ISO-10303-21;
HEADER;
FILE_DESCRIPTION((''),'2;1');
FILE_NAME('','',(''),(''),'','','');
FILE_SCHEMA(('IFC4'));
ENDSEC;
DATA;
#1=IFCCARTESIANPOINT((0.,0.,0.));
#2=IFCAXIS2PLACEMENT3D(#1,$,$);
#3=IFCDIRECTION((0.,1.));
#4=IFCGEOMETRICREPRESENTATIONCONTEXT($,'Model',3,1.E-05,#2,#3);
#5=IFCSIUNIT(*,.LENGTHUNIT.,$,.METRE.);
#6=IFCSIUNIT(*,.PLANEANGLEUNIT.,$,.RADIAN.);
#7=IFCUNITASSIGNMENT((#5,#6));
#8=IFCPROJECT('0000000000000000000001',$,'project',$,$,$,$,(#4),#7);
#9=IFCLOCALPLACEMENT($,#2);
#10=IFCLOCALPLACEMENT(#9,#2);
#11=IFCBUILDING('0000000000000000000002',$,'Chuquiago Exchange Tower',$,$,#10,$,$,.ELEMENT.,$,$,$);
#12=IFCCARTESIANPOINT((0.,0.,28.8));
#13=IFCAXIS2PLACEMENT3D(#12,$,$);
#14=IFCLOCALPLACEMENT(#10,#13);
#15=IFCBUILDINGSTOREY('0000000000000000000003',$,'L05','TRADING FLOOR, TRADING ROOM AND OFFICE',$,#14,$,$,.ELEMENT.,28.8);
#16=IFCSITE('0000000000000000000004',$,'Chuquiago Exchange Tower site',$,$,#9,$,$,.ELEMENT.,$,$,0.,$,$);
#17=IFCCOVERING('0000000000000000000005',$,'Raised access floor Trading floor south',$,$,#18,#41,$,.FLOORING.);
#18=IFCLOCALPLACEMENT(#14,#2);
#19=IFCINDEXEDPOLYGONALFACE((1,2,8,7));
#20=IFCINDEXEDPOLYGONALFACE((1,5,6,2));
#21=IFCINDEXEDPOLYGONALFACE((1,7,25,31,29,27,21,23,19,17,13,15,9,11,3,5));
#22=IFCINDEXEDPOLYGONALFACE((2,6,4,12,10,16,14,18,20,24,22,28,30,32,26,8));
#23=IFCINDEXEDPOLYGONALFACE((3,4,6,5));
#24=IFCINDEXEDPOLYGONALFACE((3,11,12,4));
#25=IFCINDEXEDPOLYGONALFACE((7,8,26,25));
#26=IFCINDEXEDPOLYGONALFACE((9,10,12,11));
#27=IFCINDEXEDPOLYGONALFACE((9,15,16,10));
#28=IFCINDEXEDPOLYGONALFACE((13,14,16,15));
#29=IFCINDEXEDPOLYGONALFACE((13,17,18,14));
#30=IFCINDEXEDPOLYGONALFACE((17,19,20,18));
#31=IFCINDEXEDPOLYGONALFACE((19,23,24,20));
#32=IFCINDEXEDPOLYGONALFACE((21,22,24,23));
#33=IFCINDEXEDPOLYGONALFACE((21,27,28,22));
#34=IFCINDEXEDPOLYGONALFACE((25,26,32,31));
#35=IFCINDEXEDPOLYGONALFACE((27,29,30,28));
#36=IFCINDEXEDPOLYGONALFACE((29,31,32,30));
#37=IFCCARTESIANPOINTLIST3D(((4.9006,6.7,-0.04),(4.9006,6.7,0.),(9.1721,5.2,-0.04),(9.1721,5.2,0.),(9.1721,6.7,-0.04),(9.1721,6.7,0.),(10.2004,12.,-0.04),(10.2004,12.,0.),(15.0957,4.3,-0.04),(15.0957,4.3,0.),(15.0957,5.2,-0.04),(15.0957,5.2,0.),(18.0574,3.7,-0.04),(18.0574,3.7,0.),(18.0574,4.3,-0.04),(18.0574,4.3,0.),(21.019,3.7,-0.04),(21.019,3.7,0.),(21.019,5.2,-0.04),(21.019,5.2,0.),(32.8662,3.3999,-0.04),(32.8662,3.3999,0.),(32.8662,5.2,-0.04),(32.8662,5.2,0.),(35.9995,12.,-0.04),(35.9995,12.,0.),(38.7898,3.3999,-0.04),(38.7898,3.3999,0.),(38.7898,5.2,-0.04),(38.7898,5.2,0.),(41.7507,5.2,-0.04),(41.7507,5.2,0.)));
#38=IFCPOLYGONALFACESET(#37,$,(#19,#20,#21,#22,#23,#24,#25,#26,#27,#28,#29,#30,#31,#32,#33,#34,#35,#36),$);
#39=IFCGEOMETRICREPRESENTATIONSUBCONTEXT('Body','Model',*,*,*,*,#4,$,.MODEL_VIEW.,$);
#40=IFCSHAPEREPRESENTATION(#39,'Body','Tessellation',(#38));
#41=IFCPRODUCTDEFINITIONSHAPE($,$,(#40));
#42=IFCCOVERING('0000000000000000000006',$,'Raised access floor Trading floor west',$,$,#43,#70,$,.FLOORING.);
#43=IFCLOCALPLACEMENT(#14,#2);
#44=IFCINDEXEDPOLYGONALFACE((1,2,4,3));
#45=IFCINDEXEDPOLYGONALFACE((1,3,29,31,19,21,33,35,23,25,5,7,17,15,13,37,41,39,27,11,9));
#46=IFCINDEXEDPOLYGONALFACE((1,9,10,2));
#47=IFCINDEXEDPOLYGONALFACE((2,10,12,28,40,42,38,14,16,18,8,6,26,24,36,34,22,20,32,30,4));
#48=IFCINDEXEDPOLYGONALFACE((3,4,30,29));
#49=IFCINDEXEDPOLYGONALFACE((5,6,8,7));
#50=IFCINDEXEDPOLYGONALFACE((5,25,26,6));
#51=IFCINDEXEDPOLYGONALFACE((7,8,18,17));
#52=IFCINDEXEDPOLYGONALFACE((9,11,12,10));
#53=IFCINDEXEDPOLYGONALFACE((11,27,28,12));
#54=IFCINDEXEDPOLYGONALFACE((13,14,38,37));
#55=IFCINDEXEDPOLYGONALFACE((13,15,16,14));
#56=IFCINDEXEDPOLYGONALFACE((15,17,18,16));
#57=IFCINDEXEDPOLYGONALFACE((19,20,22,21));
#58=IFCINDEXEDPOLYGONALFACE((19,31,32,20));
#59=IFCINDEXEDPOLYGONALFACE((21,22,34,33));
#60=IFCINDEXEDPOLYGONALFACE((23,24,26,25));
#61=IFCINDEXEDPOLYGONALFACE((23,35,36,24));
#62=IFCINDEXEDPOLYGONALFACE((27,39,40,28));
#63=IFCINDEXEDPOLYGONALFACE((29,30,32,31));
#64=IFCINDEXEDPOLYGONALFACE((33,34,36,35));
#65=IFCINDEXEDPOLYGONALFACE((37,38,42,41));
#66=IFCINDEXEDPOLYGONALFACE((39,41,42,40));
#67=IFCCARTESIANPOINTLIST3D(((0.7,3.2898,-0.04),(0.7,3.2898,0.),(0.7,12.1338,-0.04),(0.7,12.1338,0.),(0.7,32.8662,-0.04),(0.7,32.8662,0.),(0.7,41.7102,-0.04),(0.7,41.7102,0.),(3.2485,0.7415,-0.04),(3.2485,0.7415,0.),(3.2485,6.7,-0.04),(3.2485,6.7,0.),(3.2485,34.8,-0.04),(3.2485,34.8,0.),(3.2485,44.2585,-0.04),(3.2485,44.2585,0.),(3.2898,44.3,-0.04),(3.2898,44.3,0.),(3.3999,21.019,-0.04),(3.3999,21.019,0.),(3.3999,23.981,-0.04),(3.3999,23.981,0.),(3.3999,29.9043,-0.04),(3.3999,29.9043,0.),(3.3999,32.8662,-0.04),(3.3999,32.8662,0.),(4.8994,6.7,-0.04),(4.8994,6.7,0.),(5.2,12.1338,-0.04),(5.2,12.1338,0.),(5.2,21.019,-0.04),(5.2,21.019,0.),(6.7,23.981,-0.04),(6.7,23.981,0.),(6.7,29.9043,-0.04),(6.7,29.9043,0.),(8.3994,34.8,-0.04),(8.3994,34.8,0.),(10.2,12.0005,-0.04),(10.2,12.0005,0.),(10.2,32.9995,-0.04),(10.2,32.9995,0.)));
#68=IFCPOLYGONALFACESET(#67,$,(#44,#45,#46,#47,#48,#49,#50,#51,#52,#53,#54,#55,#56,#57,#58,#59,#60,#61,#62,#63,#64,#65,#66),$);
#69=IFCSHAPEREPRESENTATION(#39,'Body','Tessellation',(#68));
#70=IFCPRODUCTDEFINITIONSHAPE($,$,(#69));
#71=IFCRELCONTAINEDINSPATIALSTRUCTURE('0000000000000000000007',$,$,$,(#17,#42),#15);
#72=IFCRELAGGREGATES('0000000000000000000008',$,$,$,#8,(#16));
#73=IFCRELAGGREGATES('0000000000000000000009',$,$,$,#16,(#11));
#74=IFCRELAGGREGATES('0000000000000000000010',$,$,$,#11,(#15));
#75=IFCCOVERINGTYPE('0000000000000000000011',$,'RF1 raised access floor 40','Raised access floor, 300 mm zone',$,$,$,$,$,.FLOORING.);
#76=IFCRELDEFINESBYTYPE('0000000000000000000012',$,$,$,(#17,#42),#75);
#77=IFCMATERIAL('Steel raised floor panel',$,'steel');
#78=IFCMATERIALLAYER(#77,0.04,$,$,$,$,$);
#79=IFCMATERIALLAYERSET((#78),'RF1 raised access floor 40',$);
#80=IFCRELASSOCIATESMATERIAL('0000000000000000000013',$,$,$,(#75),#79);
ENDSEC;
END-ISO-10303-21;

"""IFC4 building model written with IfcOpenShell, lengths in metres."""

from ifc_helpers import new_model, si_unit, direction, frame, origin, place, context, subcontext, project, spatial, polyline, outline, extrude, material, layer, layer_set, type_object, element, save


model = new_model("IFC4")

# Units and contexts
model_context = context("Model", 3, precision=1e-05, world=origin(), true_north=direction((0.0, 1.0)))
body_context = subcontext(model_context, "Body", "Model", "MODEL_VIEW")
ifc_project = project(units=[si_unit("LENGTHUNIT", "METRE"), si_unit("PLANEANGLEUNIT", "RADIAN")], contexts=[model_context])

# Site, building, storey
site_placement = place(None, origin())
site = spatial("IfcSite", under=ifc_project, at=site_placement, Name="Chuquiago Exchange Tower site", CompositionType="ELEMENT", RefElevation=0.0)
building_placement = place(site_placement, origin())
building = spatial("IfcBuilding", under=site, at=building_placement, Name="Chuquiago Exchange Tower", CompositionType="ELEMENT")
storey_placement = place(building_placement, frame((0.0, 0.0, 28.8)))
storey = spatial("IfcBuildingStorey", under=building, at=storey_placement, Name="L05", Description="TRADING FLOOR, TRADING ROOM AND OFFICE", CompositionType="ELEMENT", Elevation=28.8)

# Coverings
ifc_material_1 = material(Name="Steel raised floor panel", Category="steel")
ifc_layer_1 = layer(ifc_material_1, 0.04)
ifc_layer_set_1 = layer_set([ifc_layer_1], Name="RF1 raised access floor 40")
covering_type_1 = type_object("IfcCoveringType", Name="RF1 raised access floor 40", Description="Raised access floor, 300 mm zone", PredefinedType="FLOORING", material=ifc_layer_set_1)
covering_1_placement = place(storey_placement, frame((0.0, 0.0, -0.04)))
element("IfcCovering", 1, at=covering_1_placement, inside=storey, type_object=covering_type_1, Name="Raised access floor Trading floor south", PredefinedType="FLOORING", context=body_context, shape_type="SweptSolid", body=[
    extrude(outline(polyline([(38.7898, 5.2), (38.7898, 3.3999), (32.8662, 3.3999), (32.8662, 5.2), (21.019, 5.2), (21.019, 3.7), (18.0574, 3.7), (18.0574, 4.3), (15.0957, 4.3), (15.0957, 5.2), (9.1721, 5.2), (9.1721, 6.7), (4.9006, 6.7), (10.2004, 12.0), (35.9995, 12.0), (41.7507, 5.2), (38.7898, 5.2)])), origin(), (0.0, 0.0, 1.0), 0.04),
])
covering_2_placement = place(storey_placement, frame((0.0, 0.0, -0.04)))
element("IfcCovering", 2, at=covering_2_placement, inside=storey, type_object=covering_type_1, Name="Raised access floor Trading floor west", PredefinedType="FLOORING", context=body_context, shape_type="SweptSolid", body=[
    extrude(outline(polyline([(5.2, 12.1338), (5.2, 21.019), (3.3999, 21.019), (3.3999, 23.981), (6.7, 23.981), (6.7, 29.9043), (3.3999, 29.9043), (3.3999, 32.8662), (0.7, 32.8662), (0.7, 41.7102), (3.2898, 44.3), (3.2485, 44.2585), (3.2485, 34.8), (8.3994, 34.8), (10.2, 32.9995), (10.2, 12.0005), (4.8994, 6.7), (3.2485, 6.7), (3.2485, 0.7415), (0.7, 3.2898), (0.7, 12.1338), (5.2, 12.1338)])), origin(), (0.0, 0.0, 1.0), 0.04),
])

save(model, "model.ifc")
